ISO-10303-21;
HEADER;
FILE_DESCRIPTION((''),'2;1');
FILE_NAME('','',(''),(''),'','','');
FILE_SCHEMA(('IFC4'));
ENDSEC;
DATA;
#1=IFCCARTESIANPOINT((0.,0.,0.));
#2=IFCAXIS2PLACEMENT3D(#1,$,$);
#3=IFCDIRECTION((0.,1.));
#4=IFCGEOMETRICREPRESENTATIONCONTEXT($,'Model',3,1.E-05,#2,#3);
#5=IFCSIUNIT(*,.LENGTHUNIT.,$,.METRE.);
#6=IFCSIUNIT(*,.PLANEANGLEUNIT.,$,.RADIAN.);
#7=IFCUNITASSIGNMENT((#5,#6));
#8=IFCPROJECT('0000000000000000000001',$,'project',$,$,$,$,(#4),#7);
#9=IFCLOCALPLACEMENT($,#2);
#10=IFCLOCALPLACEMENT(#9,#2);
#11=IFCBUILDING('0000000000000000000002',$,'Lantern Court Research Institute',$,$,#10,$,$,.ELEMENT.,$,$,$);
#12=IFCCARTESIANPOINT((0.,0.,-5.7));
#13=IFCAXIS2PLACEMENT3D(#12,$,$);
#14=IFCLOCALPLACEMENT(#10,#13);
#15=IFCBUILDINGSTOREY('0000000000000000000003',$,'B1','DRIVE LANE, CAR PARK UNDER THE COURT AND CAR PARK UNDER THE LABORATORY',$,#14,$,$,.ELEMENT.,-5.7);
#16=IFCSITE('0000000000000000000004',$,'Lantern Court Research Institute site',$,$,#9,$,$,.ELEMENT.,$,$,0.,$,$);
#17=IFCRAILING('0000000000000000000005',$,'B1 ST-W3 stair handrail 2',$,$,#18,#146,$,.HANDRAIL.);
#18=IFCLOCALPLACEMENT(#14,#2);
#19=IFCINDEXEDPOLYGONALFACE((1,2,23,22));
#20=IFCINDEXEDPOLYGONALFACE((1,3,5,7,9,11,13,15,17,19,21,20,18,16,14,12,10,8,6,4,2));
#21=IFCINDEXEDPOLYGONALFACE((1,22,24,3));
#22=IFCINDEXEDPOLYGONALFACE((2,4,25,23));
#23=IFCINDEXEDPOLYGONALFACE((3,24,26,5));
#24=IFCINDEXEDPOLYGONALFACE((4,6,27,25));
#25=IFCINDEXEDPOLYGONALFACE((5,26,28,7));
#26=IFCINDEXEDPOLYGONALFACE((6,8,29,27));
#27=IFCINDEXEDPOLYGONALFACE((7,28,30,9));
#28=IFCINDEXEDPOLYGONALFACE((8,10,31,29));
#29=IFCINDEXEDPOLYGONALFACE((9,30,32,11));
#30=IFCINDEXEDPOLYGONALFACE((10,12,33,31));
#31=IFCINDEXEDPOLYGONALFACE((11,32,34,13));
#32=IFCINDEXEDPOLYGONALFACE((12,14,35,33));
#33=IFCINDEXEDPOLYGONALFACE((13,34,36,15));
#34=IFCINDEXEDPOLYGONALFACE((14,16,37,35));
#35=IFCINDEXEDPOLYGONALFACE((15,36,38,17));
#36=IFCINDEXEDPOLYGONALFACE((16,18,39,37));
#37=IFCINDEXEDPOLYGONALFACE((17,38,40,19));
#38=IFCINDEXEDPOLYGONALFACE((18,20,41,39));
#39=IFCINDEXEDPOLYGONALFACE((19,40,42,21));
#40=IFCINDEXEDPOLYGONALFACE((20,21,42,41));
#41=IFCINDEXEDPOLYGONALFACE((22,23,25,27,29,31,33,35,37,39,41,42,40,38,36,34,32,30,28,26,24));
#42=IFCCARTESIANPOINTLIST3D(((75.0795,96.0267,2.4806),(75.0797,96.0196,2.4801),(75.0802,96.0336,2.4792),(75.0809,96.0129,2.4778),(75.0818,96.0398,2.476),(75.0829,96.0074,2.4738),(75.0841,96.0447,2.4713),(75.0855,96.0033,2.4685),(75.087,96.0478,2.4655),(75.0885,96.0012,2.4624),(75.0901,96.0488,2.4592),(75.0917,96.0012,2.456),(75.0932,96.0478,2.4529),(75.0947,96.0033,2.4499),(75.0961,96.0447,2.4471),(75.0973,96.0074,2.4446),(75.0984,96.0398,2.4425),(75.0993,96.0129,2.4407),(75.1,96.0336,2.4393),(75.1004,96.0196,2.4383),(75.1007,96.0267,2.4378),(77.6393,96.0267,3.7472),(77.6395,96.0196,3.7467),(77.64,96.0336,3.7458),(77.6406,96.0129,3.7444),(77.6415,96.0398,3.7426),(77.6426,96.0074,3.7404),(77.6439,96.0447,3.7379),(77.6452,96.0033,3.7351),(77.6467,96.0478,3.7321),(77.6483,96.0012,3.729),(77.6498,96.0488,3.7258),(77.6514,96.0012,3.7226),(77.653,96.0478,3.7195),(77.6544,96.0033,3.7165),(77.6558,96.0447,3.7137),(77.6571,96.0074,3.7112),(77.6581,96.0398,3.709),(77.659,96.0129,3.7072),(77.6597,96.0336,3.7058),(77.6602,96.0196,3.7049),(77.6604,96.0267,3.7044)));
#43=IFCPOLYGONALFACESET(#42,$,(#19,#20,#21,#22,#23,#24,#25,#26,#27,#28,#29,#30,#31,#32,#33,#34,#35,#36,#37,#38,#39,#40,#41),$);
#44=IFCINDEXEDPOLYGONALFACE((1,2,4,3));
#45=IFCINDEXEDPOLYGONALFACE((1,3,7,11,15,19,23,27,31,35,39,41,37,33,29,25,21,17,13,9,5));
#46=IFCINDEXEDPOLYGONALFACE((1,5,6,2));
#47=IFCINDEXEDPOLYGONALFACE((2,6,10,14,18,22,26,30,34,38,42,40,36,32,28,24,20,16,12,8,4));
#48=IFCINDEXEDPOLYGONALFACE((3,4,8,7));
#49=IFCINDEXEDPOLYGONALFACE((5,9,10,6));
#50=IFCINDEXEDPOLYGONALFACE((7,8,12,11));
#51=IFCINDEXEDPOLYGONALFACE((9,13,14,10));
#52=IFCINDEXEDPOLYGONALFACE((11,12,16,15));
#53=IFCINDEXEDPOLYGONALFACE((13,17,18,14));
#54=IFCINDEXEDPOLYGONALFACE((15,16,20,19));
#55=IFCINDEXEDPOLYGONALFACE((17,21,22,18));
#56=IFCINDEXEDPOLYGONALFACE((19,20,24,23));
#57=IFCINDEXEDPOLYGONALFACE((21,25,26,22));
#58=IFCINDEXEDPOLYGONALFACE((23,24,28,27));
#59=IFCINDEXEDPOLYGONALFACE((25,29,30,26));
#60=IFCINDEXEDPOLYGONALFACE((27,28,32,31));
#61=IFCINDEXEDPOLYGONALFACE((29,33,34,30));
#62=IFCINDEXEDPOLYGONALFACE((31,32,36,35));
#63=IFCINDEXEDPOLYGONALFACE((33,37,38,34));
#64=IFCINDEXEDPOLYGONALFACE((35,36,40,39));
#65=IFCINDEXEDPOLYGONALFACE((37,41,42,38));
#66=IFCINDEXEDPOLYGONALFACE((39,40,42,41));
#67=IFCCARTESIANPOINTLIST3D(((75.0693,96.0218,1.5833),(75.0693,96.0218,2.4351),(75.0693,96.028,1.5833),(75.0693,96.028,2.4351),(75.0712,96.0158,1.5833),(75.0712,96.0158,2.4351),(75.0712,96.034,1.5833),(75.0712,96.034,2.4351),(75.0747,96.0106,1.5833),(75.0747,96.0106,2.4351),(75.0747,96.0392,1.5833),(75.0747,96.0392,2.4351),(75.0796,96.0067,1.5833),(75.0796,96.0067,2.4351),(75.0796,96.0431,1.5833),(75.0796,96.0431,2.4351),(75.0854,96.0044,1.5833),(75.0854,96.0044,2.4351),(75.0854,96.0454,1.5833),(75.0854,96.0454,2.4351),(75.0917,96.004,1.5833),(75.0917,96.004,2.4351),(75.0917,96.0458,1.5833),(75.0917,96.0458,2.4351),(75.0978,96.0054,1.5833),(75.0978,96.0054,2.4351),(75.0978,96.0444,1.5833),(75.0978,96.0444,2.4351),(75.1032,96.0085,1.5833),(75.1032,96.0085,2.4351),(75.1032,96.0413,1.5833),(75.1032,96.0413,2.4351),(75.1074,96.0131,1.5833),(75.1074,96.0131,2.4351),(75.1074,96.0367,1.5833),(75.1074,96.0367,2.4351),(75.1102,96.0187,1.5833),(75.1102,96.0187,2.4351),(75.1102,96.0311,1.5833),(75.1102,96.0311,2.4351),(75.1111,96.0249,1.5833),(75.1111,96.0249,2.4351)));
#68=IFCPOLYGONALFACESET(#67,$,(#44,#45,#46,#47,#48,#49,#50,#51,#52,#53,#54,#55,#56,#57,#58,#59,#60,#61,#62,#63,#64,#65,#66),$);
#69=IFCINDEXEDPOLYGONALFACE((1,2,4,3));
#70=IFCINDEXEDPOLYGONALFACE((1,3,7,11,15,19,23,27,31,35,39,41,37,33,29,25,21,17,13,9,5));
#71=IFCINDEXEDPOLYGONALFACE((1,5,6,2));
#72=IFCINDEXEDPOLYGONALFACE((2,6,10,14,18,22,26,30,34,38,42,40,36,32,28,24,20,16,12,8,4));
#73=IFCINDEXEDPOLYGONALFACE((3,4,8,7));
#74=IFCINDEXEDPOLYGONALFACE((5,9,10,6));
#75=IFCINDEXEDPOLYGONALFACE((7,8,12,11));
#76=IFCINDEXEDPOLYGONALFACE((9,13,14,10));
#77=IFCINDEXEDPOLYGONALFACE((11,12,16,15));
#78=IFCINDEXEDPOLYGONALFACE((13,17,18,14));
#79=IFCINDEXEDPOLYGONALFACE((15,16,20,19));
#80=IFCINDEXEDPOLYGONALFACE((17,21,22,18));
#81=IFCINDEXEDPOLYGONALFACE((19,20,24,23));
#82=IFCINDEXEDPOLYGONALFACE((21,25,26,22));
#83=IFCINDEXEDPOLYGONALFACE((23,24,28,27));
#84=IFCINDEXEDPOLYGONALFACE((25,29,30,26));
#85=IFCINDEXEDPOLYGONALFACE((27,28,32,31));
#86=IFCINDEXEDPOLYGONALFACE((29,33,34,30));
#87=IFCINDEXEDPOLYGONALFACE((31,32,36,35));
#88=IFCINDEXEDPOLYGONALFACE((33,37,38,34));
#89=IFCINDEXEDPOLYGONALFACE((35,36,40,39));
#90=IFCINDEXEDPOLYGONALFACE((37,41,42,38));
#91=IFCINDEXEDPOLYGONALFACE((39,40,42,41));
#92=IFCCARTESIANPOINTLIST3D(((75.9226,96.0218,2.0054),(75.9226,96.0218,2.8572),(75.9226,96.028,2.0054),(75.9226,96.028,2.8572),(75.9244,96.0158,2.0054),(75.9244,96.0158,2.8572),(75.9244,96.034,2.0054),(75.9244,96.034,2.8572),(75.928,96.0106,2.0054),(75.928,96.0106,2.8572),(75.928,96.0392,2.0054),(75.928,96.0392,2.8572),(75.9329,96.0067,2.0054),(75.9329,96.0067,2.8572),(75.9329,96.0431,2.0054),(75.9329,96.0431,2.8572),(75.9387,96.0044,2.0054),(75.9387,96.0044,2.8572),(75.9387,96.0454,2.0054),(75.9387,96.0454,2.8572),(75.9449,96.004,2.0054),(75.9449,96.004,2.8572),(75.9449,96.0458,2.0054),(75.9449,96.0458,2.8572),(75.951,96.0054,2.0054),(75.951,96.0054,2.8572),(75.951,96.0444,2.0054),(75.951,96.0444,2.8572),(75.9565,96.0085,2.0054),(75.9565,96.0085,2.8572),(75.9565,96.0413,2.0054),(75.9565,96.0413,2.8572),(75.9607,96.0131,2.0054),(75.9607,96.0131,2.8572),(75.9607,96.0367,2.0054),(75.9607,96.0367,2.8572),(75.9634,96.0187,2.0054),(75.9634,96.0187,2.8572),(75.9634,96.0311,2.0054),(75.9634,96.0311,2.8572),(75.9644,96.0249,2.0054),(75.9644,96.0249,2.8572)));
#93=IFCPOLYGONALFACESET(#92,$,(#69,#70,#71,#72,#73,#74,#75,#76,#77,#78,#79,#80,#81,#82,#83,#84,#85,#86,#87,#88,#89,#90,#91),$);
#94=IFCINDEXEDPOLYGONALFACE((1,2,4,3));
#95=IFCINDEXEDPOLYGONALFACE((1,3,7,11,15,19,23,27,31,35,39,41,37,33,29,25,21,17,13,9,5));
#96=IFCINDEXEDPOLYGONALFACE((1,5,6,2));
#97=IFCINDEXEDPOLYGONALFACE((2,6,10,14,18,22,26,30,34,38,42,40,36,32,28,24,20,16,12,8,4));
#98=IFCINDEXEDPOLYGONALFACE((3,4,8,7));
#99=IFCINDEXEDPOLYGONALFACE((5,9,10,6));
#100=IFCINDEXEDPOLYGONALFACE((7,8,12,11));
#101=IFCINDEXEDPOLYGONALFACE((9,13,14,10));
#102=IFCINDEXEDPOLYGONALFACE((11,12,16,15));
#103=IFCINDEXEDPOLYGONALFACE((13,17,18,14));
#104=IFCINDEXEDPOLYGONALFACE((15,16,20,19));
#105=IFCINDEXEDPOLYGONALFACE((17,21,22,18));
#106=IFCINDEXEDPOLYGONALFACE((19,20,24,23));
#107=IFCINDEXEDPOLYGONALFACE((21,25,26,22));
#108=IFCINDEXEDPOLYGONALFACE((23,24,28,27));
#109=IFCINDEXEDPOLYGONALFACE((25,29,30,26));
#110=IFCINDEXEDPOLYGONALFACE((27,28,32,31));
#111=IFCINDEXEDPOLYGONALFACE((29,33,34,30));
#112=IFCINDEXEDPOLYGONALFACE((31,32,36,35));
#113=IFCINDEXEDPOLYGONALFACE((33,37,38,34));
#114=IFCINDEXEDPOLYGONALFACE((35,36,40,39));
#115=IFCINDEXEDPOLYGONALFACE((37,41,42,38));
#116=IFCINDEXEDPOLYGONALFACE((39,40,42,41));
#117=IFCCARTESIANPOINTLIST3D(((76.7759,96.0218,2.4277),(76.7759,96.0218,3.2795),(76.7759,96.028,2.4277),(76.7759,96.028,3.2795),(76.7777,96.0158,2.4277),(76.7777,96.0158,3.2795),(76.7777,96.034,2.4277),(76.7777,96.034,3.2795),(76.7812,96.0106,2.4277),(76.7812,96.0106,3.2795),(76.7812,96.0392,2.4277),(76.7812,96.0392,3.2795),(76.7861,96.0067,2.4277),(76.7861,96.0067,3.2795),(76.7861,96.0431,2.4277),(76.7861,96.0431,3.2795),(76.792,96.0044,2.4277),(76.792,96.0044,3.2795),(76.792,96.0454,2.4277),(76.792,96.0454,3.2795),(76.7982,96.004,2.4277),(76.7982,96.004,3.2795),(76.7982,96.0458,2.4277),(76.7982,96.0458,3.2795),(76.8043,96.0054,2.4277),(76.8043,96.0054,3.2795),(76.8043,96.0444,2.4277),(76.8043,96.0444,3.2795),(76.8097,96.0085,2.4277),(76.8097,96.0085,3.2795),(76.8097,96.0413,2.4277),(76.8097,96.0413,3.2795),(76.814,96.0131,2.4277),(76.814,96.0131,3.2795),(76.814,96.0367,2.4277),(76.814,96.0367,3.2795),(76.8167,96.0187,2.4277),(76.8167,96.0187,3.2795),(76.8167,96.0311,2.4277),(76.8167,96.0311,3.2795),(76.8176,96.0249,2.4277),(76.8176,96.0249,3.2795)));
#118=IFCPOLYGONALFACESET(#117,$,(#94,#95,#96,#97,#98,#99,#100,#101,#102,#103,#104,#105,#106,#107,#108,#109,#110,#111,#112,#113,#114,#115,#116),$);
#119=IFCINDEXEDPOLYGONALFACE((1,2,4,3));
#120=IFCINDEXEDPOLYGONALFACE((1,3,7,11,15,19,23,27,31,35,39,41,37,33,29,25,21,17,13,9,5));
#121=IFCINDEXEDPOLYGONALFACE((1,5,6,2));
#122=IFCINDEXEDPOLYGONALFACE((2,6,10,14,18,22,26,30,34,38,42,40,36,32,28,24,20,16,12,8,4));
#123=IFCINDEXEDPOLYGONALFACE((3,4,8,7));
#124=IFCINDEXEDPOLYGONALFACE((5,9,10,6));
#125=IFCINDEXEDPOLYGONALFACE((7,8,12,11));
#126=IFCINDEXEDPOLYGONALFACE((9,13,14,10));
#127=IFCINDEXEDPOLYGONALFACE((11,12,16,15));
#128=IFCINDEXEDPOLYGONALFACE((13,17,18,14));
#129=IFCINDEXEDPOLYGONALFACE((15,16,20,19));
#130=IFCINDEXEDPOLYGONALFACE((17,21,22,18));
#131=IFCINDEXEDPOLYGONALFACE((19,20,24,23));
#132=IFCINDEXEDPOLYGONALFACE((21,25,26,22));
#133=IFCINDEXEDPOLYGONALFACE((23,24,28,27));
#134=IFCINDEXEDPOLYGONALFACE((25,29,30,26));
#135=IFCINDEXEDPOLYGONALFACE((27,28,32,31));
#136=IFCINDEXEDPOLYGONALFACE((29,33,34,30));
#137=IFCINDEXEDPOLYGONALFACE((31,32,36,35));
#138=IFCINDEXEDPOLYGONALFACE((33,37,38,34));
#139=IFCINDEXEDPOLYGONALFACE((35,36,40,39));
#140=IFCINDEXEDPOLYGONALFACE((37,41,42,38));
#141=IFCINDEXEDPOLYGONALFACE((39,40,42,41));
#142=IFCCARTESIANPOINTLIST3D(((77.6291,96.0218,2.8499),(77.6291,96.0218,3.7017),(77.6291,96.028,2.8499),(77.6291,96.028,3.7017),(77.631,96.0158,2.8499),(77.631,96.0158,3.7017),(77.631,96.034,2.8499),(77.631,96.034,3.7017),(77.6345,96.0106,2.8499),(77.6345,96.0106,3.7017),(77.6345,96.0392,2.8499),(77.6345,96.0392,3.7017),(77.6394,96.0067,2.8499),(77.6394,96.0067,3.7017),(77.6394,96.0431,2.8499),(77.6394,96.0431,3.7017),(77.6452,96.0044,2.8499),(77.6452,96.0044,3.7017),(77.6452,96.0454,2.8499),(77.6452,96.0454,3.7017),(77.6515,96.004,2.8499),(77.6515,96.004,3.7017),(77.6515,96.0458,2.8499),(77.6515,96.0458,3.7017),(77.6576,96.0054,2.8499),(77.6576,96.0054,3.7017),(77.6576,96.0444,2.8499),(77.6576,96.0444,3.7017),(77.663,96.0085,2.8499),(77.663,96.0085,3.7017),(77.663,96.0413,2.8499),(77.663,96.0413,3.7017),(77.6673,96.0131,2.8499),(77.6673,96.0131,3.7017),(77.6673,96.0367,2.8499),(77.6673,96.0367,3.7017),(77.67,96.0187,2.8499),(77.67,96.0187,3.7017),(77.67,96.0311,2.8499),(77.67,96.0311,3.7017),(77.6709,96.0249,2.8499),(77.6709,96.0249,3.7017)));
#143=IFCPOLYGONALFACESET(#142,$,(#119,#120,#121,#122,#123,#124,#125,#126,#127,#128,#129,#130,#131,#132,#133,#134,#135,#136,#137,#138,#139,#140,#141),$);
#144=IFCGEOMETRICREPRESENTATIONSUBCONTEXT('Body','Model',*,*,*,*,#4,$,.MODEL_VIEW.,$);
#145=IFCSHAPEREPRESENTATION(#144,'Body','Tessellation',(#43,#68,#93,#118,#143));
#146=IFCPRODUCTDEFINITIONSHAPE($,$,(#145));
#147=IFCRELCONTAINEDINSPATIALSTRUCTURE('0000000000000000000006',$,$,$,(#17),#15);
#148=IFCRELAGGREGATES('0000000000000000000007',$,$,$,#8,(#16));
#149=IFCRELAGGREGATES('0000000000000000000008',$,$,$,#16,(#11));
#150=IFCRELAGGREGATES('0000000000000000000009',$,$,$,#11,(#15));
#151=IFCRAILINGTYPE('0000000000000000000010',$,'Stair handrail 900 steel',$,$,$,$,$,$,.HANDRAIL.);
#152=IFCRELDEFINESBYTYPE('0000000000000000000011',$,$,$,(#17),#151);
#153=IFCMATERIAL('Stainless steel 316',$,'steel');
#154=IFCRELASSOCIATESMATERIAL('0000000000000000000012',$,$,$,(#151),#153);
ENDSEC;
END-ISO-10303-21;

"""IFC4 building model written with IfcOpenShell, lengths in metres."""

from ifc_helpers import new_model, si_unit, direction, frame, origin, origin_2d, place, context, subcontext, project, spatial, circle, extrude, material, type_object, element, save


model = new_model("IFC4")

# Units and contexts
model_context = context("Model", 3, precision=1e-05, world=origin(), true_north=direction((0.0, 1.0)))
body_context = subcontext(model_context, "Body", "Model", "MODEL_VIEW")
ifc_project = project(units=[si_unit("LENGTHUNIT", "METRE"), si_unit("PLANEANGLEUNIT", "RADIAN")], contexts=[model_context])

# Site, building, storey
site_placement = place(None, origin())
site = spatial("IfcSite", under=ifc_project, at=site_placement, Name="Lantern Court Research Institute site", CompositionType="ELEMENT", RefElevation=0.0)
building_placement = place(site_placement, origin())
building = spatial("IfcBuilding", under=site, at=building_placement, Name="Lantern Court Research Institute", CompositionType="ELEMENT")
storey_placement = place(building_placement, frame((0.0, 0.0, -5.7)))
storey = spatial("IfcBuildingStorey", under=building, at=storey_placement, Name="B1", Description="DRIVE LANE, CAR PARK UNDER THE COURT AND CAR PARK UNDER THE LABORATORY", CompositionType="ELEMENT", Elevation=-5.7)

# Railing
ifc_material_1 = material(Name="Stainless steel 316", Category="steel")
railing_type_1 = type_object("IfcRailingType", Name="Stair handrail 900 steel", PredefinedType="HANDRAIL", material=ifc_material_1)
railing_1_placement = place(storey_placement, frame((75.0901, 96.0249, 1.5833)))
element("IfcRailing", 1, at=railing_1_placement, inside=storey, type_object=railing_type_1, Name="B1 ST-W3 stair handrail 2", PredefinedType="HANDRAIL", context=body_context, shape_type="SweptSolid", body=[
    extrude(circle(Radius=0.0239, at=origin_2d()), frame((0.0, 0.0, 0.876), z_axis=(0.896283, 0.0, 0.443483), x_axis=(0.0, 1.0, 0.0)), (0.0, 0.0, 1.0), 2.856),
    extrude(circle(Radius=0.021, at=origin_2d()), origin(), (0.0, 0.0, 1.0), 0.8518),
    extrude(circle(Radius=0.021, at=origin_2d()), frame((0.8533, 0.0, 0.4221)), (0.0, 0.0, 1.0), 0.8518),
    extrude(circle(Radius=0.021, at=origin_2d()), frame((1.7065, 0.0, 0.8445)), (0.0, 0.0, 1.0), 0.8518),
    extrude(circle(Radius=0.021, at=origin_2d()), frame((2.5598, 0.0, 1.2666)), (0.0, 0.0, 1.0), 0.8518),
])

save(model, "model.ifc")
